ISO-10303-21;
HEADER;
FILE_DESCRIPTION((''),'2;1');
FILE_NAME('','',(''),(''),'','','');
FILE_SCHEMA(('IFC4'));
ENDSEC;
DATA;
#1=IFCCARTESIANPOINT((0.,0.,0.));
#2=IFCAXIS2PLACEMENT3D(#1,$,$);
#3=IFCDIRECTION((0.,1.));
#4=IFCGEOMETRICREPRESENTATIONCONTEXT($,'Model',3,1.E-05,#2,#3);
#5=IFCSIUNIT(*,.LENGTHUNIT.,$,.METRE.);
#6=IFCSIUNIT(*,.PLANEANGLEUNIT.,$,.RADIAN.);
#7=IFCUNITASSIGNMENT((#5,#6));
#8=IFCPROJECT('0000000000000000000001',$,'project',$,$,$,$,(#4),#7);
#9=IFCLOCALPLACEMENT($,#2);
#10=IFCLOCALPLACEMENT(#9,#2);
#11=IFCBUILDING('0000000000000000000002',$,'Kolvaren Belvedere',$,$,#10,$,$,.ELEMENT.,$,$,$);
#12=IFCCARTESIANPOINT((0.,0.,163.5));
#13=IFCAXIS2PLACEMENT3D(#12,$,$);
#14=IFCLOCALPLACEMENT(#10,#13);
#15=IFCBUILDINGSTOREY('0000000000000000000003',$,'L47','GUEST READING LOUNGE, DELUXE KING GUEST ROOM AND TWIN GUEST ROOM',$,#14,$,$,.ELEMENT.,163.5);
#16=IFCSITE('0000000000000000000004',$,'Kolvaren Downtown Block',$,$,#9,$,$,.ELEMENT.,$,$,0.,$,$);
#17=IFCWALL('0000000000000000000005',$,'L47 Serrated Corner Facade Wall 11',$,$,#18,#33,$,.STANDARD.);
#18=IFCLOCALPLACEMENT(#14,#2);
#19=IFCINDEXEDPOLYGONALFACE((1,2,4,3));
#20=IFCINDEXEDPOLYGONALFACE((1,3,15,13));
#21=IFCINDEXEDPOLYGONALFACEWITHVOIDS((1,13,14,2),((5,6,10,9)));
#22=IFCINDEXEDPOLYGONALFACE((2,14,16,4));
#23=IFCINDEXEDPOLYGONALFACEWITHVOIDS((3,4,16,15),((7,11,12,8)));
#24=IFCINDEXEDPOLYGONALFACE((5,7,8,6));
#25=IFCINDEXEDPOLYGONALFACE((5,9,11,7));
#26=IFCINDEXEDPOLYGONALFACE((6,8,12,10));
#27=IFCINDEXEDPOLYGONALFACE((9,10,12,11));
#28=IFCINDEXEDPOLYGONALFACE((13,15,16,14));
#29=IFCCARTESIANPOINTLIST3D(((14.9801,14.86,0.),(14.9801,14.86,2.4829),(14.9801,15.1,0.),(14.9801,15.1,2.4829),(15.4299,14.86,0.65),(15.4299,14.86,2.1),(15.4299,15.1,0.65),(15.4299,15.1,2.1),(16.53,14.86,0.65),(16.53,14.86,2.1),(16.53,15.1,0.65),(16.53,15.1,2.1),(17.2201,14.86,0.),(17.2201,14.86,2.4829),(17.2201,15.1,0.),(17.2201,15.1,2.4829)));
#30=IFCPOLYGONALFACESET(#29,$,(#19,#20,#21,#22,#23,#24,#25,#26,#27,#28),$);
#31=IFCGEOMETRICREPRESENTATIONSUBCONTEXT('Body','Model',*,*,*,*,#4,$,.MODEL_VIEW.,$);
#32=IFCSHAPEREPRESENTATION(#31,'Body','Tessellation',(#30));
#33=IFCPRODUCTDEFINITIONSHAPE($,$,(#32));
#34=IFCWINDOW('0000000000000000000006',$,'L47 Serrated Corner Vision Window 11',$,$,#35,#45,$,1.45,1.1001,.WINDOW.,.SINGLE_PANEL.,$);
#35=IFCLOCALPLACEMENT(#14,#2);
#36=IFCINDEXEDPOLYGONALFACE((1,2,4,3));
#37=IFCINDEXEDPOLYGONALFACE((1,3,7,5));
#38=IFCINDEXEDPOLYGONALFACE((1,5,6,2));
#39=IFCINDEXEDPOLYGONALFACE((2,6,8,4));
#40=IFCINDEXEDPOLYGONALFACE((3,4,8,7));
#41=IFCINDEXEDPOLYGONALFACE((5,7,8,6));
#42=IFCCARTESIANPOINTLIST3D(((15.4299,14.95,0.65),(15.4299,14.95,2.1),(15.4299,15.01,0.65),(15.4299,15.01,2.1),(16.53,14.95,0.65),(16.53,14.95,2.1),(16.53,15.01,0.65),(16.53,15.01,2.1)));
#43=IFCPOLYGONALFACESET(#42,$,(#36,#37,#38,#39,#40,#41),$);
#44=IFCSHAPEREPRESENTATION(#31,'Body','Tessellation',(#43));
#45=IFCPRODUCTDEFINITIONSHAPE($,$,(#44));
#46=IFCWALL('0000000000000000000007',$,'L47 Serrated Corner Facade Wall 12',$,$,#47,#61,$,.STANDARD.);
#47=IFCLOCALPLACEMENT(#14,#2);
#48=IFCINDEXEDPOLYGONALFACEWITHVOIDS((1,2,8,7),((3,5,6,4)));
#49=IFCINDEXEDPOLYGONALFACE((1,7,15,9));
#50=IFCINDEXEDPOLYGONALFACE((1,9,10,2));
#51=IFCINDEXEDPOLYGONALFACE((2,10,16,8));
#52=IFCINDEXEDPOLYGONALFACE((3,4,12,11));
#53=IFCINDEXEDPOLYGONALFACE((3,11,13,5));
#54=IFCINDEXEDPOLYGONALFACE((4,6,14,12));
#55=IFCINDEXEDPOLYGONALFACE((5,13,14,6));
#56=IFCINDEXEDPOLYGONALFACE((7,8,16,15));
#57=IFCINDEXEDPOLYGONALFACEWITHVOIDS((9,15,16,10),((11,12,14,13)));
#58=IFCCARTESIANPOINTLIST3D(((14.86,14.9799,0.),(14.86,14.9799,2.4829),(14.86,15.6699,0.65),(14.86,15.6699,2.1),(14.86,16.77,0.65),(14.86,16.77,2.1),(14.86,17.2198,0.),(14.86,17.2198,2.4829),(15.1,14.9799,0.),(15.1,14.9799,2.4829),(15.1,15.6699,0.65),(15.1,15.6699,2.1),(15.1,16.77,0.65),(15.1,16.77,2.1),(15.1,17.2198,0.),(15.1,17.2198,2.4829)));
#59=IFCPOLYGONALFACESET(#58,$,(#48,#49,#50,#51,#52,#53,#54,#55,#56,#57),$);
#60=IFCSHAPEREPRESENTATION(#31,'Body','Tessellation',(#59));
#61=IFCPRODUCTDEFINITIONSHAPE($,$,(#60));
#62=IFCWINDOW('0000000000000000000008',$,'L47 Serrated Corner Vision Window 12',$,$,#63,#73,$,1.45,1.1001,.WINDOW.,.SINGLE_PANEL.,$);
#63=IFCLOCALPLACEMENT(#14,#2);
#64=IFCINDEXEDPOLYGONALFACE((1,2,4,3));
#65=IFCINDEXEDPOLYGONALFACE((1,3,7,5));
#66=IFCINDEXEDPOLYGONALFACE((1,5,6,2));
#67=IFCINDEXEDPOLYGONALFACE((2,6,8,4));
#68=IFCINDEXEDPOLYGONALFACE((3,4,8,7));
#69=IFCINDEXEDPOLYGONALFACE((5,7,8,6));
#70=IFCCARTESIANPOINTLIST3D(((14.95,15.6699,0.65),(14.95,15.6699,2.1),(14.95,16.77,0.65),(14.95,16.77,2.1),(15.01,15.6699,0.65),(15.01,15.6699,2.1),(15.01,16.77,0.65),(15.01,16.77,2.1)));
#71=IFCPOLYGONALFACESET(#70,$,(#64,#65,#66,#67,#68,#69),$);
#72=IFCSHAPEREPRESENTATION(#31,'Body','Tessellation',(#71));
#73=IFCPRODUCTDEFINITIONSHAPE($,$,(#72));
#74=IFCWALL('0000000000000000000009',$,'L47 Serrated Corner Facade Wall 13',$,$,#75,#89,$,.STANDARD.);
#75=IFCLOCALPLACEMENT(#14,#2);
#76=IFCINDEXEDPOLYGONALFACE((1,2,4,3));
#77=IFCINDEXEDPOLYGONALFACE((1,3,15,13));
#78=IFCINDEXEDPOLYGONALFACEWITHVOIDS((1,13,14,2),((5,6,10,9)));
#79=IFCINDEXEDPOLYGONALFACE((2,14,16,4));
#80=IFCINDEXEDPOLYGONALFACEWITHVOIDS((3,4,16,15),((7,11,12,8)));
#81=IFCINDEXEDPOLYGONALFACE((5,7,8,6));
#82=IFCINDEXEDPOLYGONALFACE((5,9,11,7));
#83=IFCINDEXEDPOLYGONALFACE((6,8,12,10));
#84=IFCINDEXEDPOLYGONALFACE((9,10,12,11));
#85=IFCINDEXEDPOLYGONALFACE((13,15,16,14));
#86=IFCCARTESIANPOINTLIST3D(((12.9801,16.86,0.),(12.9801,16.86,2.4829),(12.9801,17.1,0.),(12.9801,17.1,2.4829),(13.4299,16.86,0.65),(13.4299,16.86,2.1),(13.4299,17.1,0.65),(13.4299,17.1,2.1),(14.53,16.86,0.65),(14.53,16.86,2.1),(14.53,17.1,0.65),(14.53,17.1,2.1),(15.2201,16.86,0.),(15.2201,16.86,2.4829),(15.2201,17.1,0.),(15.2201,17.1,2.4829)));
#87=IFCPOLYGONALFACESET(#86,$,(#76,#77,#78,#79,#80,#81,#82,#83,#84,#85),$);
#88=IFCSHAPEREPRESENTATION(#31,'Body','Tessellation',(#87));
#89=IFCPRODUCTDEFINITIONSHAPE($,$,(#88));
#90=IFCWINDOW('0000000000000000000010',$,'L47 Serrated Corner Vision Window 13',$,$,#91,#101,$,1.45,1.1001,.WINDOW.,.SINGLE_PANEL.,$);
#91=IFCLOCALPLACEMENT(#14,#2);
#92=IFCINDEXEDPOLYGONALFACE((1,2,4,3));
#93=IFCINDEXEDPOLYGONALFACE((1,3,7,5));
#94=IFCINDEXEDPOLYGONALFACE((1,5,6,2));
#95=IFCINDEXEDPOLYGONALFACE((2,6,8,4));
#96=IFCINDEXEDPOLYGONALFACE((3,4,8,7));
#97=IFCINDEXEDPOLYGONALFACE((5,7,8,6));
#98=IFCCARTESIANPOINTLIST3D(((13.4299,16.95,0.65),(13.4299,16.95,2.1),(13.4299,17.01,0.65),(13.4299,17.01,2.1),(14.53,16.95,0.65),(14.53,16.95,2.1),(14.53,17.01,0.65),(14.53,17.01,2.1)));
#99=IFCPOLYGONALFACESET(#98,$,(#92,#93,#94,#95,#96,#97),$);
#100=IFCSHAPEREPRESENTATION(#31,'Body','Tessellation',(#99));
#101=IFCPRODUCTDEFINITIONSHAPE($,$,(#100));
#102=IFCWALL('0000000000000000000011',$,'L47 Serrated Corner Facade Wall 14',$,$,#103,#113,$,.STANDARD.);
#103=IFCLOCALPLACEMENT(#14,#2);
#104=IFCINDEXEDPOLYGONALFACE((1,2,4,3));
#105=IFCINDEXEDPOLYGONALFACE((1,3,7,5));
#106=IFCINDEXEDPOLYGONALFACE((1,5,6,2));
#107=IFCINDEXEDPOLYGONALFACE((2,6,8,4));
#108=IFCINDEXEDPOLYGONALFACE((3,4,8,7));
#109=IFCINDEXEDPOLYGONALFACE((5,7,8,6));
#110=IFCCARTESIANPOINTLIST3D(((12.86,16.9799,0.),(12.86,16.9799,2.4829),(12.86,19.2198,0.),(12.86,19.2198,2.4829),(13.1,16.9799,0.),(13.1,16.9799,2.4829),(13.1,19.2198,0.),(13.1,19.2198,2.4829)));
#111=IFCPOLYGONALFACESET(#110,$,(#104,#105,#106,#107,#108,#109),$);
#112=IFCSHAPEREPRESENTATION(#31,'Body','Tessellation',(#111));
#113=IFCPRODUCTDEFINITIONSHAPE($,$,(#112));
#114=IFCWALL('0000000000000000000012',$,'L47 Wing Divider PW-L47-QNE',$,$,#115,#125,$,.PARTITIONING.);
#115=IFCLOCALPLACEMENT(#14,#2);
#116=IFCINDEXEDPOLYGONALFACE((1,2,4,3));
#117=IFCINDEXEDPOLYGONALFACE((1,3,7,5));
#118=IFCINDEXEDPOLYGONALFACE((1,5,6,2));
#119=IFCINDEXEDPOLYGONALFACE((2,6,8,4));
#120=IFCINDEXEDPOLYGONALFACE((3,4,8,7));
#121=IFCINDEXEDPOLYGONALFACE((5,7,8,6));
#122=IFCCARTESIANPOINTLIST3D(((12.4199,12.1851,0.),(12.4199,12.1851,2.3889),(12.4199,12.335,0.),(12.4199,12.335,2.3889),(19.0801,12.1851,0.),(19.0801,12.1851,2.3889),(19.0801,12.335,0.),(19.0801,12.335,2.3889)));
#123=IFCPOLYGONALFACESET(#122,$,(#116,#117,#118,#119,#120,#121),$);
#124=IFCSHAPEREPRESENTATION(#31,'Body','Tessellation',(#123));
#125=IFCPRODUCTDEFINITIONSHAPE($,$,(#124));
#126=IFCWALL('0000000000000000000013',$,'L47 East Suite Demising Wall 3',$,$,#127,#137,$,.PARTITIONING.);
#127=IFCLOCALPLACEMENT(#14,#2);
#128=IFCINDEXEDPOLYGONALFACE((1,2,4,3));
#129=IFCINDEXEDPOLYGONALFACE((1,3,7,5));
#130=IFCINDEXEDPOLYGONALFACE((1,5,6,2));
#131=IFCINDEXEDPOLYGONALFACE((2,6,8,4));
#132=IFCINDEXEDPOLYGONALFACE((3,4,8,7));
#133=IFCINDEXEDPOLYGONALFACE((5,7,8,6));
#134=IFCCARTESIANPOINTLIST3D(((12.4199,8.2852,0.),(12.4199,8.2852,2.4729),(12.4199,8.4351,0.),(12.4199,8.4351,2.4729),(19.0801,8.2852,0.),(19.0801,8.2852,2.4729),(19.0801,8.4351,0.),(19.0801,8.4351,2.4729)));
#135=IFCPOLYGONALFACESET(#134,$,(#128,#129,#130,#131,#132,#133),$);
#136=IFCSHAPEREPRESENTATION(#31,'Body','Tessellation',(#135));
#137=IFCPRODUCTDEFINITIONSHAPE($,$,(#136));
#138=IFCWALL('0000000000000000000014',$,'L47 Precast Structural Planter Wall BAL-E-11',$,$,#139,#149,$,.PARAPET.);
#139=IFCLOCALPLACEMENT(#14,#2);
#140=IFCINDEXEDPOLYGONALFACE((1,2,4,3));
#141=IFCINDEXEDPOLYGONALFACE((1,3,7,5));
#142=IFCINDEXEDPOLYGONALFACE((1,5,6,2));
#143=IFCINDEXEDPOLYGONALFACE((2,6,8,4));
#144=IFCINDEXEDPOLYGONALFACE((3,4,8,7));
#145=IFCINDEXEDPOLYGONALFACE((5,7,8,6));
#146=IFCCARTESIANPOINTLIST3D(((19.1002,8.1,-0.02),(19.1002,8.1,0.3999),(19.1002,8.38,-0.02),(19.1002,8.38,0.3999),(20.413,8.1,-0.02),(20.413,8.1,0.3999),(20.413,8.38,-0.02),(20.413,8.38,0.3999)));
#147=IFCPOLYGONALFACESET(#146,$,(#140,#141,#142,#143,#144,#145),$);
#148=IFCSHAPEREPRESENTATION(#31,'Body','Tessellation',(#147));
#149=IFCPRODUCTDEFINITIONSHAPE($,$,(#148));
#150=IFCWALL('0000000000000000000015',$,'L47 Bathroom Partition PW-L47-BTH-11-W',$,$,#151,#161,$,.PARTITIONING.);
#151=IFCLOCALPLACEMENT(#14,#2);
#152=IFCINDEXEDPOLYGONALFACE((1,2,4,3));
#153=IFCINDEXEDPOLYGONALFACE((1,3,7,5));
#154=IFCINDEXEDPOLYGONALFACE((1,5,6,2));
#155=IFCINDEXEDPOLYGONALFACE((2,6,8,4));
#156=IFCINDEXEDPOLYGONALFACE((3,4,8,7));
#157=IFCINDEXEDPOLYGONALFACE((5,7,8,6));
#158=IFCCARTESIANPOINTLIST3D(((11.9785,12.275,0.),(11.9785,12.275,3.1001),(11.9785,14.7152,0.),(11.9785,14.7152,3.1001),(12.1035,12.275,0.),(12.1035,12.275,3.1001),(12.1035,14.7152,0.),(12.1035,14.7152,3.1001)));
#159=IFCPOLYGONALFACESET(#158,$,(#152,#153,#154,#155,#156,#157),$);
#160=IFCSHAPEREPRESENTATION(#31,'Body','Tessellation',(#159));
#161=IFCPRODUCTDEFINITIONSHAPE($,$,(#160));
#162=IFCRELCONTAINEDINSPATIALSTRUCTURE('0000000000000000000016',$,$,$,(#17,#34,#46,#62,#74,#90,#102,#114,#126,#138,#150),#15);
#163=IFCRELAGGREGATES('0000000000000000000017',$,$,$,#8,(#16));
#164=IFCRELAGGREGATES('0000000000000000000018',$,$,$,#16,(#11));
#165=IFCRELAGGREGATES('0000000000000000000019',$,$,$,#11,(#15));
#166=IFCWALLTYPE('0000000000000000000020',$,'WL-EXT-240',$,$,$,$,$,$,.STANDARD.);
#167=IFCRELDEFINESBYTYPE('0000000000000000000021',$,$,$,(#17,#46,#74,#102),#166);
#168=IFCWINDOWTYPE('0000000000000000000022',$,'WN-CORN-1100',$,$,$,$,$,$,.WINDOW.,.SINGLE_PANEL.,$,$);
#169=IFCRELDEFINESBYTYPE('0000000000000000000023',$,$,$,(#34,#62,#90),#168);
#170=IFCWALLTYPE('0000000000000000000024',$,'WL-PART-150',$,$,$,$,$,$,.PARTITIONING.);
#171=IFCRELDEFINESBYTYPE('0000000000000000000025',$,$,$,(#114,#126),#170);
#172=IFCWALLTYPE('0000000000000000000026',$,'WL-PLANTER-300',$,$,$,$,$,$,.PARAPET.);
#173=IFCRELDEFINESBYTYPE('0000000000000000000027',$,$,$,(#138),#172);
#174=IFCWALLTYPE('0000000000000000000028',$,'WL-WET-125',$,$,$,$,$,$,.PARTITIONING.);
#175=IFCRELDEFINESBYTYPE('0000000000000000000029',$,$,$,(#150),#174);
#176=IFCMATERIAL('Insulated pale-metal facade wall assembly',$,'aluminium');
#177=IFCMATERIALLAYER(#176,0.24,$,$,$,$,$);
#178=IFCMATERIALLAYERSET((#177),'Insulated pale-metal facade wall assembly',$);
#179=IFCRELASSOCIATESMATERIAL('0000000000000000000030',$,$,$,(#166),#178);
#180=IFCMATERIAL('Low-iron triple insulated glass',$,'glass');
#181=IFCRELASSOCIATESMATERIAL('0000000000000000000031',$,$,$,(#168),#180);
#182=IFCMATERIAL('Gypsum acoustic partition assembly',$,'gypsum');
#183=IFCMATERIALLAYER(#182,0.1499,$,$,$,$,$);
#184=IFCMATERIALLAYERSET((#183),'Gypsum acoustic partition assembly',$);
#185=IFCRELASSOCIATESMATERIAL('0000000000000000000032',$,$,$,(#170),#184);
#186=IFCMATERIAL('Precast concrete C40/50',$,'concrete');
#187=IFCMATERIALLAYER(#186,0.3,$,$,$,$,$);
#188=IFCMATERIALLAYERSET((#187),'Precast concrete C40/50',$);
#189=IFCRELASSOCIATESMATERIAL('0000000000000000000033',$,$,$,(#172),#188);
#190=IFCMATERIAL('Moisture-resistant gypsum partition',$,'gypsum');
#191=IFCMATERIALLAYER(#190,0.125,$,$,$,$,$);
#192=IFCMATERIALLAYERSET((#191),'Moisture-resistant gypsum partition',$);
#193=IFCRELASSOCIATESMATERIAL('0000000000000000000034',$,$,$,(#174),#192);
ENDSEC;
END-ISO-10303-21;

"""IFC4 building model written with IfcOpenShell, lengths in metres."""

from ifc_helpers import new_model, si_unit, direction, frame, frame_2d, origin, place, context, subcontext, project, spatial, rectangle, extrude, material, layer, layer_set, type_object, element, fill, save


model = new_model("IFC4")

# Units and contexts
model_context = context("Model", 3, precision=1e-05, world=origin(), true_north=direction((0.0, 1.0)))
body_context = subcontext(model_context, "Body", "Model", "MODEL_VIEW")
ifc_project = project(units=[si_unit("LENGTHUNIT", "METRE"), si_unit("PLANEANGLEUNIT", "RADIAN")], contexts=[model_context])

# Site, building, storey
site_placement = place(None, origin())
site = spatial("IfcSite", under=ifc_project, at=site_placement, Name="Kolvaren Downtown Block", CompositionType="ELEMENT", RefElevation=0.0)
building_placement = place(site_placement, origin())
building = spatial("IfcBuilding", under=site, at=building_placement, Name="Kolvaren Belvedere", CompositionType="ELEMENT")
storey_placement = place(building_placement, frame((0.0, 0.0, 163.5)))
storey = spatial("IfcBuildingStorey", under=building, at=storey_placement, Name="L47", Description="GUEST READING LOUNGE, DELUXE KING GUEST ROOM AND TWIN GUEST ROOM", CompositionType="ELEMENT", Elevation=163.5)

# Shared definitions
ifc_material_1 = material(Name="Insulated pale-metal facade wall assembly", Category="aluminium")
ifc_layer_1 = layer(ifc_material_1, 0.24)
ifc_layer_set_1 = layer_set([ifc_layer_1], Name="Insulated pale-metal facade wall assembly")
wall_type_1 = type_object("IfcWallType", Name="WL-EXT-240", PredefinedType="STANDARD", material=ifc_layer_set_1)

# Walls, openings, windows
ifc_material_2 = material(Name="Low-iron triple insulated glass", Category="glass")
window_type = type_object("IfcWindowType", Name="WN-CORN-1100", PartitioningType="SINGLE_PANEL", PredefinedType="WINDOW", material=ifc_material_2)
wall_1_placement = place(storey_placement, frame((14.98, 14.98, 0.0), z_axis=(0.0, 0.0, 1.0), x_axis=(1.0, 0.0, 0.0)))
wall_1 = element("IfcWall", 1, at=wall_1_placement, inside=storey, type_object=wall_type_1, Name="L47 Serrated Corner Facade Wall 11", PredefinedType="STANDARD", context=body_context, shape_type="SweptSolid", body=[
    extrude(rectangle(XDim=2.24, YDim=0.24, at=frame_2d((1.1201, 0.0))), origin(), (0.0, 0.0, 1.0), 2.4829),
])
opening_1_placement = place(wall_1_placement, frame((0.45, 0.0, 0.6499)))
opening_1 = element("IfcOpeningElement", 2, at=opening_1_placement, cuts=wall_1, PredefinedType="OPENING", context=body_context, shape_type="SweptSolid", body=[
    extrude(rectangle(XDim=1.1001, YDim=1.45, at=frame_2d((0.55, 0.7251))), frame((0.0, 0.1299, 0.0), z_axis=(0.0, -1.0, 0.0), x_axis=(1.0, 0.0, 0.0)), (0.0, 0.0, 1.0), 0.26),
])
window_1_placement = place(opening_1_placement, origin())
window_1 = element("IfcWindow", 3, at=window_1_placement, inside=storey, type_object=window_type, Name="L47 Serrated Corner Vision Window 11", OverallHeight=1.45, OverallWidth=1.1001, PartitioningType="SINGLE_PANEL", PredefinedType="WINDOW", context=body_context, shape_type="SweptSolid", body=[
    extrude(rectangle(XDim=1.1001, YDim=1.45, at=frame_2d((0.55, 0.7251))), frame((0.0, 0.03, 0.0), z_axis=(0.0, -1.0, 0.0), x_axis=(1.0, 0.0, 0.0)), (0.0, 0.0, 1.0), 0.0601),
])
fill(opening_1, window_1)
wall_2_placement = place(storey_placement, frame((14.98, 17.22, 0.0), z_axis=(0.0, 0.0, 1.0), x_axis=(0.0, -1.0, 0.0)))
wall_2 = element("IfcWall", 4, at=wall_2_placement, inside=storey, type_object=wall_type_1, Name="L47 Serrated Corner Facade Wall 12", PredefinedType="STANDARD", context=body_context, shape_type="SweptSolid", body=[
    extrude(rectangle(XDim=2.24, YDim=0.24, at=frame_2d((1.1201, 0.0))), origin(), (0.0, 0.0, 1.0), 2.4829),
])
opening_2_placement = place(wall_2_placement, frame((0.45, 0.0, 0.6499)))
opening_2 = element("IfcOpeningElement", 5, at=opening_2_placement, cuts=wall_2, PredefinedType="OPENING", context=body_context, shape_type="SweptSolid", body=[
    extrude(rectangle(XDim=1.1001, YDim=1.45, at=frame_2d((0.55, 0.7251))), frame((0.0, 0.1299, 0.0), z_axis=(0.0, -1.0, 0.0), x_axis=(1.0, 0.0, 0.0)), (0.0, 0.0, 1.0), 0.26),
])
window_2_placement = place(opening_2_placement, origin())
window_2 = element("IfcWindow", 6, at=window_2_placement, inside=storey, type_object=window_type, Name="L47 Serrated Corner Vision Window 12", OverallHeight=1.45, OverallWidth=1.1001, PartitioningType="SINGLE_PANEL", PredefinedType="WINDOW", context=body_context, shape_type="SweptSolid", body=[
    extrude(rectangle(XDim=1.1001, YDim=1.45, at=frame_2d((0.55, 0.7251))), frame((0.0, 0.03, 0.0), z_axis=(0.0, -1.0, 0.0), x_axis=(1.0, 0.0, 0.0)), (0.0, 0.0, 1.0), 0.0601),
])
fill(opening_2, window_2)
wall_3_placement = place(storey_placement, frame((12.98, 16.98, 0.0), z_axis=(0.0, 0.0, 1.0), x_axis=(1.0, 0.0, 0.0)))
wall_3 = element("IfcWall", 7, at=wall_3_placement, inside=storey, type_object=wall_type_1, Name="L47 Serrated Corner Facade Wall 13", PredefinedType="STANDARD", context=body_context, shape_type="SweptSolid", body=[
    extrude(rectangle(XDim=2.24, YDim=0.24, at=frame_2d((1.1201, 0.0))), origin(), (0.0, 0.0, 1.0), 2.4829),
])
opening_3_placement = place(wall_3_placement, frame((0.45, 0.0, 0.6499)))
opening_3 = element("IfcOpeningElement", 8, at=opening_3_placement, cuts=wall_3, PredefinedType="OPENING", context=body_context, shape_type="SweptSolid", body=[
    extrude(rectangle(XDim=1.1001, YDim=1.45, at=frame_2d((0.55, 0.7251))), frame((0.0, 0.1299, 0.0), z_axis=(0.0, -1.0, 0.0), x_axis=(1.0, 0.0, 0.0)), (0.0, 0.0, 1.0), 0.26),
])
window_3_placement = place(opening_3_placement, origin())
window_3 = element("IfcWindow", 9, at=window_3_placement, inside=storey, type_object=window_type, Name="L47 Serrated Corner Vision Window 13", OverallHeight=1.45, OverallWidth=1.1001, PartitioningType="SINGLE_PANEL", PredefinedType="WINDOW", context=body_context, shape_type="SweptSolid", body=[
    extrude(rectangle(XDim=1.1001, YDim=1.45, at=frame_2d((0.55, 0.7251))), frame((0.0, 0.03, 0.0), z_axis=(0.0, -1.0, 0.0), x_axis=(1.0, 0.0, 0.0)), (0.0, 0.0, 1.0), 0.0601),
])
fill(opening_3, window_3)

# Walls
wall_4_placement = place(storey_placement, frame((12.98, 19.22, 0.0), z_axis=(0.0, 0.0, 1.0), x_axis=(0.0, -1.0, 0.0)))
element("IfcWall", 10, at=wall_4_placement, inside=storey, type_object=wall_type_1, Name="L47 Serrated Corner Facade Wall 14", PredefinedType="STANDARD", context=body_context, shape_type="SweptSolid", body=[
    extrude(rectangle(XDim=2.24, YDim=0.24, at=frame_2d((1.1201, 0.0))), origin(), (0.0, 0.0, 1.0), 2.4829),
])
ifc_material_3 = material(Name="Gypsum acoustic partition assembly", Category="gypsum")
ifc_layer_2 = layer(ifc_material_3, 0.1499)
ifc_layer_set_2 = layer_set([ifc_layer_2], Name="Gypsum acoustic partition assembly")
wall_type_2 = type_object("IfcWallType", Name="WL-PART-150", PredefinedType="PARTITIONING", material=ifc_layer_set_2)
wall_5_placement = place(storey_placement, frame((12.4199, 12.26, 0.0), z_axis=(0.0, 0.0, 1.0), x_axis=(1.0, 0.0, 0.0)))
element("IfcWall", 11, at=wall_5_placement, inside=storey, type_object=wall_type_2, Name="L47 Wing Divider PW-L47-QNE", PredefinedType="PARTITIONING", context=body_context, shape_type="SweptSolid", body=[
    extrude(rectangle(XDim=6.6602, YDim=0.1499, at=frame_2d((3.3301, 0.0))), origin(), (0.0, 0.0, 1.0), 2.3889),
])
wall_6_placement = place(storey_placement, frame((12.4199, 8.3601, 0.0), z_axis=(0.0, 0.0, 1.0), x_axis=(1.0, 0.0, 0.0)))
element("IfcWall", 12, at=wall_6_placement, inside=storey, type_object=wall_type_2, Name="L47 East Suite Demising Wall 3", PredefinedType="PARTITIONING", context=body_context, shape_type="SweptSolid", body=[
    extrude(rectangle(XDim=6.6602, YDim=0.1499, at=frame_2d((3.3301, 0.0))), origin(), (0.0, 0.0, 1.0), 2.4729),
])
ifc_material_4 = material(Name="Precast concrete C40/50", Category="concrete")
ifc_layer_3 = layer(ifc_material_4, 0.3)
ifc_layer_set_3 = layer_set([ifc_layer_3], Name="Precast concrete C40/50")
wall_type_3 = type_object("IfcWallType", Name="WL-PLANTER-300", PredefinedType="PARAPET", material=ifc_layer_set_3)
wall_7_placement = place(storey_placement, frame((20.4128, 8.24, -0.02), z_axis=(0.0, 0.0, 1.0), x_axis=(-1.0, 0.0, 0.0)))
element("IfcWall", 13, at=wall_7_placement, inside=storey, type_object=wall_type_3, Name="L47 Precast Structural Planter Wall BAL-E-11", PredefinedType="PARAPET", context=body_context, shape_type="SweptSolid", body=[
    extrude(rectangle(XDim=1.3127, YDim=0.28, at=frame_2d((0.6562, 0.0))), origin(), (0.0, 0.0, 1.0), 0.4199),
])
ifc_material_5 = material(Name="Moisture-resistant gypsum partition", Category="gypsum")
ifc_layer_4 = layer(ifc_material_5, 0.125)
ifc_layer_set_4 = layer_set([ifc_layer_4], Name="Moisture-resistant gypsum partition")
wall_type_4 = type_object("IfcWallType", Name="WL-WET-125", PredefinedType="PARTITIONING", material=ifc_layer_set_4)
wall_8_placement = place(storey_placement, frame((12.041, 12.2749, 0.0), z_axis=(0.0, 0.0, 1.0), x_axis=(0.0, 1.0, 0.0)))
element("IfcWall", 14, at=wall_8_placement, inside=storey, type_object=wall_type_4, Name="L47 Bathroom Partition PW-L47-BTH-11-W", PredefinedType="PARTITIONING", context=body_context, shape_type="SweptSolid", body=[
    extrude(rectangle(XDim=2.4402, YDim=0.125, at=frame_2d((1.2202, 0.0))), origin(), (0.0, 0.0, 1.0), 3.1001),
])

save(model, "model.ifc")
